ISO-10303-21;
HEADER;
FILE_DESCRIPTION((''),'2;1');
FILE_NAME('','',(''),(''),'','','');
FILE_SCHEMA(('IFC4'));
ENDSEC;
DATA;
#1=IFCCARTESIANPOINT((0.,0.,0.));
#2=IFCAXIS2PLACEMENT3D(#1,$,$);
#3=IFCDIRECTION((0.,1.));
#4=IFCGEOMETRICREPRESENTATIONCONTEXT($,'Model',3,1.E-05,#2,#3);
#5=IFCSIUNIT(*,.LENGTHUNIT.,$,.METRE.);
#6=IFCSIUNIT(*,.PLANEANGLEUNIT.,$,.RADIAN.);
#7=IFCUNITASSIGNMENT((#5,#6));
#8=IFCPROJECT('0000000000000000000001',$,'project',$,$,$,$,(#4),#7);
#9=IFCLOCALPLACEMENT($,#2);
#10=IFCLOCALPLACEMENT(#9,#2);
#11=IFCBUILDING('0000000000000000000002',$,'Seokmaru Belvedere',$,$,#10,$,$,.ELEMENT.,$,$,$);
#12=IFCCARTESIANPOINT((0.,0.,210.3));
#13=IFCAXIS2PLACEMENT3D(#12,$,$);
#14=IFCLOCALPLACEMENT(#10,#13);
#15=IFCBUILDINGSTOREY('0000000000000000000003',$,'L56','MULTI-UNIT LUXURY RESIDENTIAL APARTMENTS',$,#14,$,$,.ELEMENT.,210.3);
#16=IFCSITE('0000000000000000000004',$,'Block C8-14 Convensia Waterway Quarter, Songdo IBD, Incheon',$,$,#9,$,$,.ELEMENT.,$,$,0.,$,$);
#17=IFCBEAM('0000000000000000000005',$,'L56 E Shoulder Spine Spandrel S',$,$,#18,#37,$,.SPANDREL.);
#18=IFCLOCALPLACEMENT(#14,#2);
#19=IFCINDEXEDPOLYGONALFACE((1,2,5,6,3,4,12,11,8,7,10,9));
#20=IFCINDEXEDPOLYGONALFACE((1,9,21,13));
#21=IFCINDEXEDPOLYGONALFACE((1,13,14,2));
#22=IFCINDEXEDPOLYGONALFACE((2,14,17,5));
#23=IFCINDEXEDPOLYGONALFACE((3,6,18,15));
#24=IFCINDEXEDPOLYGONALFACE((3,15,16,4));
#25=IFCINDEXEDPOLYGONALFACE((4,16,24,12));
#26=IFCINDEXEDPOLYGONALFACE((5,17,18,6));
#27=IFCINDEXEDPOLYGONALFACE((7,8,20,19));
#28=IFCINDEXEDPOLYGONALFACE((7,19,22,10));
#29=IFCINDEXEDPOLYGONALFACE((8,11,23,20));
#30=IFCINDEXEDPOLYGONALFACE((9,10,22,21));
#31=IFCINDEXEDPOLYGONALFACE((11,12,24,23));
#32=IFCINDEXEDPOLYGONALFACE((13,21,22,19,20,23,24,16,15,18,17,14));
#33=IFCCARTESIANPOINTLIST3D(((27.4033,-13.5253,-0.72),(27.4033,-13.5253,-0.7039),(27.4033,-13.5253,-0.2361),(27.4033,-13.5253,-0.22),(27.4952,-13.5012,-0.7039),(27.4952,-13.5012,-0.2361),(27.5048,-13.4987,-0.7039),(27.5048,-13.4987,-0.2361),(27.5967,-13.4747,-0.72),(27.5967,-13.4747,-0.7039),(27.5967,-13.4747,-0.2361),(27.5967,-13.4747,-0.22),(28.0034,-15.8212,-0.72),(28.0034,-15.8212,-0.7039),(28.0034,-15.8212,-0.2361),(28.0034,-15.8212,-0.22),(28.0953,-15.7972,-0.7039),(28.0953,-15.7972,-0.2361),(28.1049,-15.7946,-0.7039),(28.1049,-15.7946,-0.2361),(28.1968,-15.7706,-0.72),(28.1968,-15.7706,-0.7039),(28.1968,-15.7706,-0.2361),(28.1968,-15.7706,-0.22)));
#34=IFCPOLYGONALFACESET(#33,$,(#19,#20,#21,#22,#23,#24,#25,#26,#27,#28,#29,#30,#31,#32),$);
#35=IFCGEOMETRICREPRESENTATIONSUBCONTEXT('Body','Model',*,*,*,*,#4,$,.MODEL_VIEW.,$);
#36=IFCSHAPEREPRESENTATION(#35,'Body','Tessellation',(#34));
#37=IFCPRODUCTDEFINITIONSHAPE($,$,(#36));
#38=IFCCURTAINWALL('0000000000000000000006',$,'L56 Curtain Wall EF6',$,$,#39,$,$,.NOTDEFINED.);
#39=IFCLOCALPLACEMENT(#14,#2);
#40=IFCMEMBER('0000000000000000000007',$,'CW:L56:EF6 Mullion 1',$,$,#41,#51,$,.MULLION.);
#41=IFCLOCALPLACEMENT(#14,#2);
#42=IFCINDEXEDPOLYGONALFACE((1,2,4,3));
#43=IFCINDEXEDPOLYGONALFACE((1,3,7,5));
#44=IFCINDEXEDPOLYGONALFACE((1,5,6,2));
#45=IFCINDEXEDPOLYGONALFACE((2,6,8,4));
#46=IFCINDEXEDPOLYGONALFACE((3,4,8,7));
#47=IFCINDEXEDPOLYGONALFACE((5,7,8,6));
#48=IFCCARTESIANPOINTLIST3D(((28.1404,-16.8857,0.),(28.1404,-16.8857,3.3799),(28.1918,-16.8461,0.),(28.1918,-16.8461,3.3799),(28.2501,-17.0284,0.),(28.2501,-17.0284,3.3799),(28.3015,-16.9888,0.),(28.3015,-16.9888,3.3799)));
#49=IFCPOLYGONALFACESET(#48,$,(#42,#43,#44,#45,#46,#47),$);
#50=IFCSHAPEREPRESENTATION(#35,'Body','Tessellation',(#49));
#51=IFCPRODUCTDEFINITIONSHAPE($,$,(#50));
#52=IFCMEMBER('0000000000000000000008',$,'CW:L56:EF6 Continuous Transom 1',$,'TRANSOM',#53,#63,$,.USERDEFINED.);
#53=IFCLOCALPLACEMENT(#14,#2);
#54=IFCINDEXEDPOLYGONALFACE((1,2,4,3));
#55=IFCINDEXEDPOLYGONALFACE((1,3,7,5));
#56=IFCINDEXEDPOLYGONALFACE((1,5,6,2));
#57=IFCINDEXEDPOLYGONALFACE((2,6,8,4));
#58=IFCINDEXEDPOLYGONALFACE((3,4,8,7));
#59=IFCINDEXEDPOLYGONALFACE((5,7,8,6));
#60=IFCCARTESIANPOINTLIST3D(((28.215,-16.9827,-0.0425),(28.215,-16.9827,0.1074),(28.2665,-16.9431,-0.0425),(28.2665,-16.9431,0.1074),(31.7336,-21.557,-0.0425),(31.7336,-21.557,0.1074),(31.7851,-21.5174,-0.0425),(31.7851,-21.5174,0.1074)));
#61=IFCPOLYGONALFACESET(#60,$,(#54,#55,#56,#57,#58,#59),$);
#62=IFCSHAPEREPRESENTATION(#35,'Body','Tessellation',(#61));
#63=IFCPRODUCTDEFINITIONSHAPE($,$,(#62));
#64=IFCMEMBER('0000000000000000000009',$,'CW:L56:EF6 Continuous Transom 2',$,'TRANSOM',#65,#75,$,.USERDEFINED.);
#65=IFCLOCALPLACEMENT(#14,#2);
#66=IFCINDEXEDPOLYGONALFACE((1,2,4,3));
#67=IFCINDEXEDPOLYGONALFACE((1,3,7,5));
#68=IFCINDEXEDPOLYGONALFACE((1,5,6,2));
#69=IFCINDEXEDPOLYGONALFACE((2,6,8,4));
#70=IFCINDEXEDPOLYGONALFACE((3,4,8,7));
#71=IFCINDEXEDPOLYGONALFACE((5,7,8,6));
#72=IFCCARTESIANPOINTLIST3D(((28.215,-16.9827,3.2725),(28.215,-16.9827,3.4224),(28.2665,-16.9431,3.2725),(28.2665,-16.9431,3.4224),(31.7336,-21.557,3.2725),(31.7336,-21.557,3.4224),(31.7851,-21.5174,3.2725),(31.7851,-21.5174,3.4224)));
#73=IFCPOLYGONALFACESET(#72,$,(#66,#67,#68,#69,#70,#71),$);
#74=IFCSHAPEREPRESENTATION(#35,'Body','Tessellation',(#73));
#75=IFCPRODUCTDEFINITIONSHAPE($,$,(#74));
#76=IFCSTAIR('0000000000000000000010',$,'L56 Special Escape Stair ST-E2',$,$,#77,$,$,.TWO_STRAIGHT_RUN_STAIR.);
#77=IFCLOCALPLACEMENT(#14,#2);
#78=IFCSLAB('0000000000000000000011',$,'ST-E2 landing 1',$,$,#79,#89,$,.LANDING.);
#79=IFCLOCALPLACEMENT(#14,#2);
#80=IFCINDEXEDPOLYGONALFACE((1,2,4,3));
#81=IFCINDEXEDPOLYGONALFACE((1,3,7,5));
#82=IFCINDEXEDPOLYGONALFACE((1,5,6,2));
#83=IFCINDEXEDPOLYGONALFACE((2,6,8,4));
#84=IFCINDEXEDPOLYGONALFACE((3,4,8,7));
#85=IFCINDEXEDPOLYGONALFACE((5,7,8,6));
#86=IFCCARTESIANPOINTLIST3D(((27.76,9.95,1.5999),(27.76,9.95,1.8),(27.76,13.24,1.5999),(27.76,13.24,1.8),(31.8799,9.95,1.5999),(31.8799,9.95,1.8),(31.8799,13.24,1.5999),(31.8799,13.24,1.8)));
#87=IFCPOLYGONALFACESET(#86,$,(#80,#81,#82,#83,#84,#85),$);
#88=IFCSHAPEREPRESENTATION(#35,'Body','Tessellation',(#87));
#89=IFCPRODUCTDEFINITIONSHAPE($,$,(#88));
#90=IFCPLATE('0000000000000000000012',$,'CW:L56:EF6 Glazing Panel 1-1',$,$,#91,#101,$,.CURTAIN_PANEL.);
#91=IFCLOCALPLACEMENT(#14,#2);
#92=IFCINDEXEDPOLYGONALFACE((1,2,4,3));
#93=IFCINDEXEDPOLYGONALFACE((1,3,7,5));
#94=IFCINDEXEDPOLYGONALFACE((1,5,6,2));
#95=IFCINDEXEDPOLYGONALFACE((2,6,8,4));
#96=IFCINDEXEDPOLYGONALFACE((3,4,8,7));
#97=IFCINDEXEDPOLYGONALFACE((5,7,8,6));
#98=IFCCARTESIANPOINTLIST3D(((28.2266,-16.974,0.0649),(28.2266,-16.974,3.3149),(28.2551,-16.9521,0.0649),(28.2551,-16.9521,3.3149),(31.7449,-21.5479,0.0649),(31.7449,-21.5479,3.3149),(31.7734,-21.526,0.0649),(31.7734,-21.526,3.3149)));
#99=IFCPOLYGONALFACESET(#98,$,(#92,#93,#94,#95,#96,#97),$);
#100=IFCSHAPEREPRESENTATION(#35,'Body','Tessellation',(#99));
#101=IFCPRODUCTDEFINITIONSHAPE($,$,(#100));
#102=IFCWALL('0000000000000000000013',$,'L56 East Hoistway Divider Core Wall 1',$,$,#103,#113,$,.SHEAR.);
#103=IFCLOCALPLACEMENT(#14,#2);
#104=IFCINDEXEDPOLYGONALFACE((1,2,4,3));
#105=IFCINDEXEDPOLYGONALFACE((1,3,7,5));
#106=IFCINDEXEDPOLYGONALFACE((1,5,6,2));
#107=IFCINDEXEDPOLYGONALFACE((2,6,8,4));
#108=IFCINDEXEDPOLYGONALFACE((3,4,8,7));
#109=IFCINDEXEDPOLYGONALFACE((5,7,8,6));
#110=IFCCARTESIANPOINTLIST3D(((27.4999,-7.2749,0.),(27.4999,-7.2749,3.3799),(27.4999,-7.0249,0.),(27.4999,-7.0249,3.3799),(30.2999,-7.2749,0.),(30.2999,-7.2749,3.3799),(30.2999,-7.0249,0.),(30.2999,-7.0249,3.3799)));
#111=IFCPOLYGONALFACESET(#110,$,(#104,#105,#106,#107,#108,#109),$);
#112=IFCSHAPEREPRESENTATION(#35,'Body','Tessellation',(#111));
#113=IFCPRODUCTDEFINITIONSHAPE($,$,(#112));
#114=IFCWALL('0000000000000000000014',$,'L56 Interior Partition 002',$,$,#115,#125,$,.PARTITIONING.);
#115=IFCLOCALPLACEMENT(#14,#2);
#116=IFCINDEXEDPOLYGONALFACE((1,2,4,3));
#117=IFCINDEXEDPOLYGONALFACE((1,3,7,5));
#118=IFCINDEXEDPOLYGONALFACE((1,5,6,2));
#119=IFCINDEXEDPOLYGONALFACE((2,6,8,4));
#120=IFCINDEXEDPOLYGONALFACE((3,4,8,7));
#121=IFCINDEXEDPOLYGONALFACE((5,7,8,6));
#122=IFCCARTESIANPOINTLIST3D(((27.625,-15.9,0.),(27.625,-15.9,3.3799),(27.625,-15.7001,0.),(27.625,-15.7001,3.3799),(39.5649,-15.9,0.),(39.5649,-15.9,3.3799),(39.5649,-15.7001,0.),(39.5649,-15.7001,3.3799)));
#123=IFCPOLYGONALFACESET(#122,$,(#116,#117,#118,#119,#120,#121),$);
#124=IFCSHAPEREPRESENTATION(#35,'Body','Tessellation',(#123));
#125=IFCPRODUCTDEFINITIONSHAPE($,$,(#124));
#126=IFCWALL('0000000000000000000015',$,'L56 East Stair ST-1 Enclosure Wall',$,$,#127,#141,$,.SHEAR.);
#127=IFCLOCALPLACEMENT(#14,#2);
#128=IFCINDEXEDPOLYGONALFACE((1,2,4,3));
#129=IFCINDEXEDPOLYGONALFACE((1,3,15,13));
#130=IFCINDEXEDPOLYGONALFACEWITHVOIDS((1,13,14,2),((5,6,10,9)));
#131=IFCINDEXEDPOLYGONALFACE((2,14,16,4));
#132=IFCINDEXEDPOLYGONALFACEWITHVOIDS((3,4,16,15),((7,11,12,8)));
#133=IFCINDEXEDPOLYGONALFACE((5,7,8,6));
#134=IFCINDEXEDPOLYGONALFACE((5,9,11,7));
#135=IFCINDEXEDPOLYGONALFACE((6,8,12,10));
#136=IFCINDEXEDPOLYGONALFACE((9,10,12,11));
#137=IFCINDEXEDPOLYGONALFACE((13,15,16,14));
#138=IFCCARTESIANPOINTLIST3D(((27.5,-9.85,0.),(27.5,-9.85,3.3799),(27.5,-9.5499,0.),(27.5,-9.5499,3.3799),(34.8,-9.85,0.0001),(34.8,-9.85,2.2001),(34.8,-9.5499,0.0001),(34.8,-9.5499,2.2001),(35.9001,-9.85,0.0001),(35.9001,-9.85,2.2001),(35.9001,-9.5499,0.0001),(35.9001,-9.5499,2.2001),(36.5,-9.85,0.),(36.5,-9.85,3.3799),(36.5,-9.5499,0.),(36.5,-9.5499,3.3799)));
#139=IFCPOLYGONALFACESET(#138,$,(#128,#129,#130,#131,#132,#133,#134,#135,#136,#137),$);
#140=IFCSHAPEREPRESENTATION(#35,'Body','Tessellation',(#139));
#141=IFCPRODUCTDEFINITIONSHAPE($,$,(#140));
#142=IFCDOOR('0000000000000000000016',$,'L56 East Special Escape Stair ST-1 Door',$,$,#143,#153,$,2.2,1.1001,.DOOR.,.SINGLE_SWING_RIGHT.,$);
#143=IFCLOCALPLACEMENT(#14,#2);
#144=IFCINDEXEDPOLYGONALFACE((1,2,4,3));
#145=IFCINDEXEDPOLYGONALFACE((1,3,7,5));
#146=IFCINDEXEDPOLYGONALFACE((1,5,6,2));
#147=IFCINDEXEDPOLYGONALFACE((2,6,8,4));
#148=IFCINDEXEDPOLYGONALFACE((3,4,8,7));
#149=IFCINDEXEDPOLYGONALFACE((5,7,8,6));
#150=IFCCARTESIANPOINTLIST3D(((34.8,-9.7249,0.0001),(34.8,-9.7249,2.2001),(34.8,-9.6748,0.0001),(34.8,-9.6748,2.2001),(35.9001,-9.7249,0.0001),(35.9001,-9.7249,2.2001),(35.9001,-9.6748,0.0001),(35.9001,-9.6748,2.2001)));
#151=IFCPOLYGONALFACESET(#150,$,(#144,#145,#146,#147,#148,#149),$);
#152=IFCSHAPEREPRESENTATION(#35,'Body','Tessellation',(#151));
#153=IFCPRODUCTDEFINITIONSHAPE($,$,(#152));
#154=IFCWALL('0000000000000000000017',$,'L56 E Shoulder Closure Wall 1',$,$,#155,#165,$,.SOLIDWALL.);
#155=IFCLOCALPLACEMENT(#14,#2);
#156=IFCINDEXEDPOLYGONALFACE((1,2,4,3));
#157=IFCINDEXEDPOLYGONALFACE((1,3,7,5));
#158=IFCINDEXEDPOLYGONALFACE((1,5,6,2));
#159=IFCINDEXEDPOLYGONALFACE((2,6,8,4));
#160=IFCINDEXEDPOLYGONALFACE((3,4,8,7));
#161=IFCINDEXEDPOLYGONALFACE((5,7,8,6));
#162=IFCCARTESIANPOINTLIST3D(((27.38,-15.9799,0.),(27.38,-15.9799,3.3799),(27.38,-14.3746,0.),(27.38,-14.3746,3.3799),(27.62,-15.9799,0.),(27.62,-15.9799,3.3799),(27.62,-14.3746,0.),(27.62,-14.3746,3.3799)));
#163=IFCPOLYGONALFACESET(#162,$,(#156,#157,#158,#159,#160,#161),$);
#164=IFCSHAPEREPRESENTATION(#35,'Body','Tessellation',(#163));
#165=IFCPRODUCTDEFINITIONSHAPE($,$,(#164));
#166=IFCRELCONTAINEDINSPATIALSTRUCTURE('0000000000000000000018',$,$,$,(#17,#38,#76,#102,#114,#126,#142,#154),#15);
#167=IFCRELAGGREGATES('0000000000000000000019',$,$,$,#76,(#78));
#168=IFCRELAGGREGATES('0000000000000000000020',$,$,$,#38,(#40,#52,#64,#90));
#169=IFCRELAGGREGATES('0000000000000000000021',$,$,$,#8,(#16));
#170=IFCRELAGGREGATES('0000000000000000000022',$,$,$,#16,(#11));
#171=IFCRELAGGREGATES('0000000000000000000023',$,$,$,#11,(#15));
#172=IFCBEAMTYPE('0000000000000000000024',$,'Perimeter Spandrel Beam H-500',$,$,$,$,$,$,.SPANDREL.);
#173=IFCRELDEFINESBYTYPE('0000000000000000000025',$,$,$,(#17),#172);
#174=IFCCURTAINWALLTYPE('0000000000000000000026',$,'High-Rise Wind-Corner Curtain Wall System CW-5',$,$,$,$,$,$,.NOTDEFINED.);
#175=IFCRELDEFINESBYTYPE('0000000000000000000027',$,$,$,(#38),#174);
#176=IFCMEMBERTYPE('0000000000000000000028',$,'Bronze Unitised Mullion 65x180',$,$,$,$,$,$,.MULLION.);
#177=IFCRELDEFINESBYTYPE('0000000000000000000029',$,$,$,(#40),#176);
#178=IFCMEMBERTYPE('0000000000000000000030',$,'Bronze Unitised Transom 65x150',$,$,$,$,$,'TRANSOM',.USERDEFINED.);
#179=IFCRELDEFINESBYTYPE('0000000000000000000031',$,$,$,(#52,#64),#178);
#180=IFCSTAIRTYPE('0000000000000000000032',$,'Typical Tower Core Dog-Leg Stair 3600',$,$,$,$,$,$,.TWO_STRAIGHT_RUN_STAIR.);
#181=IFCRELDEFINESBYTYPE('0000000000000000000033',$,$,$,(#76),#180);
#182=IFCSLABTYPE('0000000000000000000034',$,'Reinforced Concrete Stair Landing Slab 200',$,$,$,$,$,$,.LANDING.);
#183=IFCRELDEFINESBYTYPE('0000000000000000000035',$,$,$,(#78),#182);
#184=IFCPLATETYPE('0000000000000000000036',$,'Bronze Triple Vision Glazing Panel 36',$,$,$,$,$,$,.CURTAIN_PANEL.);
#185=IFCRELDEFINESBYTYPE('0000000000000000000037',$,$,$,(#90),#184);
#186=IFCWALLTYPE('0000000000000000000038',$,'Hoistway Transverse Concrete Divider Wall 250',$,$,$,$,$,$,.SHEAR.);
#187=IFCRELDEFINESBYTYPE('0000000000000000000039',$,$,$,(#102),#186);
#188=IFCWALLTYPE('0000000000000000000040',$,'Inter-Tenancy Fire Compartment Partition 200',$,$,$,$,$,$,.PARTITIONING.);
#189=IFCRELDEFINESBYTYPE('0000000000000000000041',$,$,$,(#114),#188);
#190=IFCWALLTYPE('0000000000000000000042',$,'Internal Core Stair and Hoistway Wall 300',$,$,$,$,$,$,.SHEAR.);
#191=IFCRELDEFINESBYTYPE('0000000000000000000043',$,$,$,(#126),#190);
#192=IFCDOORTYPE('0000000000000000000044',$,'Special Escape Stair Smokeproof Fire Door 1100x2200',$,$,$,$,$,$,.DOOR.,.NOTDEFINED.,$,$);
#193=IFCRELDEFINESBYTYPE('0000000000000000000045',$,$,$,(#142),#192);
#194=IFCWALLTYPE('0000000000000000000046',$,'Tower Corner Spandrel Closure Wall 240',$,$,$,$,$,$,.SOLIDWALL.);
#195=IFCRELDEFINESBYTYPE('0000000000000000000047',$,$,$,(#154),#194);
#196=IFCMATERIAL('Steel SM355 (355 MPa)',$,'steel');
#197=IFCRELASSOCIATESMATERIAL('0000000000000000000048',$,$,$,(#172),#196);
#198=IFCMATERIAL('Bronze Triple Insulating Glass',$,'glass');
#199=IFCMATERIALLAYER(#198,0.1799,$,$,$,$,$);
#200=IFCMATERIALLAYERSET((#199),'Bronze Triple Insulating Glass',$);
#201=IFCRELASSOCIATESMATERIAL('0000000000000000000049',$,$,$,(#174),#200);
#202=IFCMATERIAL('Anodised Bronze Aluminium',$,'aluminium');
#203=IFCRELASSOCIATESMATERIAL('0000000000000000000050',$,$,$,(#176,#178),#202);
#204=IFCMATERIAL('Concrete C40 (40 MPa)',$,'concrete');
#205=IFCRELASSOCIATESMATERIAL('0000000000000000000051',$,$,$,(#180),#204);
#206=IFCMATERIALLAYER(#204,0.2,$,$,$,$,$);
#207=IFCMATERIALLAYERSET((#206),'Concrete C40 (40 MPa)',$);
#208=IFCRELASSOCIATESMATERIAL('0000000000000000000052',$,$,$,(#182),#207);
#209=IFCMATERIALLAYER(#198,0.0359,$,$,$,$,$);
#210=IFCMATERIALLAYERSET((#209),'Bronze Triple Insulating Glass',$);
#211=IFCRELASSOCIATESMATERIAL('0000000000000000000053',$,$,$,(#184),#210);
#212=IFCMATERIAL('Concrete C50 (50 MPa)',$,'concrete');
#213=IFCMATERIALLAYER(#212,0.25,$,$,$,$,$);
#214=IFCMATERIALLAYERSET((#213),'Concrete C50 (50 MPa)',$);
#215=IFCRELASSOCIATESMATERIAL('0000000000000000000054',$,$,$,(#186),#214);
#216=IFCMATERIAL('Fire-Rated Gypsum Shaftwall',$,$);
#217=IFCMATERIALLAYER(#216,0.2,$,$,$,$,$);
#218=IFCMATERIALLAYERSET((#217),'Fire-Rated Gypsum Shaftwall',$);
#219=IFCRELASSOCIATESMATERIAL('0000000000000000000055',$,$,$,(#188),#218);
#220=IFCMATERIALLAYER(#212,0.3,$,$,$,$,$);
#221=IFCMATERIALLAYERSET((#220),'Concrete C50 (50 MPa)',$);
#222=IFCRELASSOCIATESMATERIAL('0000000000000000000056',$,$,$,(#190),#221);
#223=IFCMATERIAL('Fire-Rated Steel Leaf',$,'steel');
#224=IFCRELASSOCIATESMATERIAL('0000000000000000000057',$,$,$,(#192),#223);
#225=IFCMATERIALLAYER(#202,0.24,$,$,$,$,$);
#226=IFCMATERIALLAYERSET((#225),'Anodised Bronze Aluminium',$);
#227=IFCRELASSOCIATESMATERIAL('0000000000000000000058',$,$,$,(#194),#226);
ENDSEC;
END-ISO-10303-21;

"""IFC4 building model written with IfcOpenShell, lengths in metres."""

from ifc_helpers import new_model, si_unit, direction, frame, frame_2d, origin, origin_2d, place, context, subcontext, project, spatial, polyline, rectangle, i_section, outline, extrude, source, transform, mapped, material, layer, layer_set, material_profile, profile_set, type_object, type_shapes, element, fill, aggregate, save


model = new_model("IFC4")

# Units and contexts
model_context = context("Model", 3, precision=1e-05, world=origin(), true_north=direction((0.0, 1.0)))
body_context = subcontext(model_context, "Body", "Model", "MODEL_VIEW")
ifc_project = project(units=[si_unit("LENGTHUNIT", "METRE"), si_unit("PLANEANGLEUNIT", "RADIAN")], contexts=[model_context])

# Site, building, storey
site_placement = place(None, origin())
site = spatial("IfcSite", under=ifc_project, at=site_placement, Name="Block C8-14 Convensia Waterway Quarter, Songdo IBD, Incheon", CompositionType="ELEMENT", RefElevation=0.0)
building_placement = place(site_placement, origin())
building = spatial("IfcBuilding", under=site, at=building_placement, Name="Seokmaru Belvedere", CompositionType="ELEMENT")
storey_placement = place(building_placement, frame((0.0, 0.0, 210.3)))
storey = spatial("IfcBuildingStorey", under=building, at=storey_placement, Name="L56", Description="MULTI-UNIT LUXURY RESIDENTIAL APARTMENTS", CompositionType="ELEMENT", Elevation=210.3)

# Shared definitions
ifc_material_1 = material(Name="Steel SM355 (355 MPa)", Category="steel")

# Beam
ifc_material_profile_1 = material_profile(ifc_material_1, i_section(OverallWidth=0.2, OverallDepth=0.5, WebThickness=0.01, FlangeThickness=0.0161, at=origin_2d()), Name="H-500x200x10x16")
ifc_profile_set_1 = profile_set([ifc_material_profile_1], Name="Steel SM355 (355 MPa)")
beam_type_1 = type_object("IfcBeamType", Name="Perimeter Spandrel Beam H-500", PredefinedType="SPANDREL", material=ifc_profile_set_1)
shared_shape_1 = source(origin(), body_context, "Body", "SweptSolid", [
    extrude(i_section(OverallWidth=0.2, OverallDepth=0.5, WebThickness=0.01, FlangeThickness=0.0161, at=origin_2d()), origin(), (0.0, 0.0, 1.0), 2.373),
])
beam_1_placement = place(storey_placement, frame((28.1001, -15.7959, -0.47), z_axis=(-0.252883, 0.967497, 0.0), x_axis=(-0.967497, -0.252883, 0.0)))
element("IfcBeam", 1, at=beam_1_placement, inside=storey, type_object=beam_type_1, Name="L56 E Shoulder Spine Spandrel S", PredefinedType="SPANDREL", context=body_context, shape_type="MappedRepresentation", body=[
    mapped(shared_shape_1, transform((0.0, 0.0, 0.0), scale=1.0)),
])

# Curtain wall, members
ifc_material_2 = material(Name="Bronze Triple Insulating Glass", Category="glass")
ifc_layer_1 = layer(ifc_material_2, 0.1799)
ifc_layer_set_1 = layer_set([ifc_layer_1], Name="Bronze Triple Insulating Glass")
curtain_wall_type = type_object("IfcCurtainWallType", Name="High-Rise Wind-Corner Curtain Wall System CW-5", PredefinedType="NOTDEFINED", material=ifc_layer_set_1)
curtain_wall_placement = place(storey_placement, origin())
curtain_wall = element("IfcCurtainWall", 2, at=curtain_wall_placement, inside=storey, type_object=curtain_wall_type, Name="L56 Curtain Wall EF6", PredefinedType="NOTDEFINED")
ifc_material_3 = material(Name="Anodised Bronze Aluminium", Category="aluminium")
ifc_material_profile_2 = material_profile(ifc_material_3, rectangle(XDim=0.0649, YDim=0.1799, at=origin_2d()), Name="CW-M-65x180")
ifc_profile_set_2 = profile_set([ifc_material_profile_2], Name="Anodised Bronze Aluminium")
member_type_1 = type_object("IfcMemberType", Name="Bronze Unitised Mullion 65x180", PredefinedType="MULLION", material=ifc_profile_set_2)
shared_shape_2 = source(origin(), body_context, "Body", "SweptSolid", [
    extrude(rectangle(XDim=0.0649, YDim=0.1799, at=origin_2d()), origin(), (0.0, 0.0, 1.0), 3.3799),
])
type_shapes(member_type_1, [shared_shape_2])
member_1_placement = place(storey_placement, frame((28.2209, -16.9373, 0.0), z_axis=(0.0, 0.0, 1.0), x_axis=(0.792631, 0.609701, 0.0)))
member_1 = element("IfcMember", 3, at=member_1_placement, type_object=member_type_1, Name="CW:L56:EF6 Mullion 1", PredefinedType="MULLION", context=body_context, shape_type="MappedRepresentation", body=[
    mapped(shared_shape_2, transform((0.0, 0.0, 0.0), scale=1.0)),
])
ifc_material_profile_3 = material_profile(ifc_material_3, rectangle(XDim=0.0649, YDim=0.1499, at=origin_2d()), Name="CW-T-65x150")
ifc_profile_set_3 = profile_set([ifc_material_profile_3], Name="Anodised Bronze Aluminium")
member_type_2 = type_object("IfcMemberType", Name="Bronze Unitised Transom 65x150", ElementType="TRANSOM", PredefinedType="USERDEFINED", material=ifc_profile_set_3)
shared_shape_3 = source(origin(), body_context, "Body", "SweptSolid", [
    extrude(rectangle(XDim=0.0649, YDim=0.1499, at=origin_2d()), origin(), (0.0, 0.0, 1.0), 5.771),
])
type_shapes(member_type_2, [shared_shape_3])
member_2_placement = place(storey_placement, frame((28.2407, -16.9629, 0.0325), z_axis=(0.609703, -0.79263, 0.0), x_axis=(0.79263, 0.609703, 0.0)))
member_2 = element("IfcMember", 4, at=member_2_placement, type_object=member_type_2, Name="CW:L56:EF6 Continuous Transom 1", ObjectType="TRANSOM", PredefinedType="USERDEFINED", context=body_context, shape_type="MappedRepresentation", body=[
    mapped(shared_shape_3, transform((0.0, 0.0, 0.0), scale=1.0)),
])
member_3_placement = place(storey_placement, frame((28.2407, -16.9629, 3.3474), z_axis=(0.609703, -0.79263, 0.0), x_axis=(0.79263, 0.609703, 0.0)))
member_3 = element("IfcMember", 5, at=member_3_placement, type_object=member_type_2, Name="CW:L56:EF6 Continuous Transom 2", ObjectType="TRANSOM", PredefinedType="USERDEFINED", context=body_context, shape_type="MappedRepresentation", body=[
    mapped(shared_shape_3, transform((0.0, 0.0, 0.0), scale=1.0)),
])

# Stair, slab
ifc_material_4 = material(Name="Concrete C40 (40 MPa)", Category="concrete")
stair_type = type_object("IfcStairType", Name="Typical Tower Core Dog-Leg Stair 3600", PredefinedType="TWO_STRAIGHT_RUN_STAIR", material=ifc_material_4)
stair_placement = place(storey_placement, origin())
stair = element("IfcStair", 6, at=stair_placement, inside=storey, type_object=stair_type, Name="L56 Special Escape Stair ST-E2", PredefinedType="TWO_STRAIGHT_RUN_STAIR")
ifc_layer_2 = layer(ifc_material_4, 0.2)
ifc_layer_set_2 = layer_set([ifc_layer_2], Name="Concrete C40 (40 MPa)")
slab_type = type_object("IfcSlabType", Name="Reinforced Concrete Stair Landing Slab 200", PredefinedType="LANDING", material=ifc_layer_set_2)
slab_placement = place(storey_placement, frame((0.0, 0.0, 1.5999)))
slab = element("IfcSlab", 7, at=slab_placement, type_object=slab_type, Name="ST-E2 landing 1", PredefinedType="LANDING", context=body_context, shape_type="SweptSolid", body=[
    extrude(outline(polyline([(27.76, 9.95), (31.8799, 9.95), (31.8799, 13.24), (27.76, 13.24), (27.76, 9.95)])), origin(), (0.0, 0.0, 1.0), 0.2002),
])
aggregate(stair, [slab])

# Plate
ifc_layer_3 = layer(ifc_material_2, 0.0359)
ifc_layer_set_3 = layer_set([ifc_layer_3], Name="Bronze Triple Insulating Glass")
plate_type = type_object("IfcPlateType", Name="Bronze Triple Vision Glazing Panel 36", PredefinedType="CURTAIN_PANEL", material=ifc_layer_set_3)
shared_shape_4 = source(origin(), body_context, "Body", "SweptSolid", [
    extrude(rectangle(XDim=5.7705, YDim=0.0359, at=origin_2d()), origin(), (0.0, 0.0, 1.0), 3.25),
])
type_shapes(plate_type, [shared_shape_4])
plate_placement = place(storey_placement, frame((30.0, -19.25, 0.0649), z_axis=(0.0, 0.0, 1.0), x_axis=(0.609701, -0.792631, 0.0)))
plate = element("IfcPlate", 8, at=plate_placement, type_object=plate_type, Name="CW:L56:EF6 Glazing Panel 1-1", PredefinedType="CURTAIN_PANEL", context=body_context, shape_type="MappedRepresentation", body=[
    mapped(shared_shape_4, transform((0.0, 0.0, 0.0), scale=1.0)),
])
aggregate(curtain_wall, [member_1, member_2, member_3, plate])

# Shared definitions
ifc_material_5 = material(Name="Fire-Rated Gypsum Shaftwall")
ifc_material_6 = material(Name="Fire-Rated Steel Leaf", Category="steel")

# Walls
ifc_material_7 = material(Name="Concrete C50 (50 MPa)", Category="concrete")
ifc_layer_4 = layer(ifc_material_7, 0.25)
ifc_layer_set_4 = layer_set([ifc_layer_4], Name="Concrete C50 (50 MPa)")
wall_type_1 = type_object("IfcWallType", Name="Hoistway Transverse Concrete Divider Wall 250", PredefinedType="SHEAR", material=ifc_layer_set_4)
wall_1_placement = place(storey_placement, frame((27.5, -7.1499, 0.0), z_axis=(0.0, 0.0, 1.0), x_axis=(1.0, 0.0, 0.0)))
element("IfcWall", 9, at=wall_1_placement, inside=storey, type_object=wall_type_1, Name="L56 East Hoistway Divider Core Wall 1", PredefinedType="SHEAR", context=body_context, shape_type="SweptSolid", body=[
    extrude(rectangle(XDim=2.8, YDim=0.25, at=frame_2d((1.3999, 0.0))), origin(), (0.0, 0.0, 1.0), 3.3799),
])
ifc_layer_5 = layer(ifc_material_5, 0.2)
ifc_layer_set_5 = layer_set([ifc_layer_5], Name="Fire-Rated Gypsum Shaftwall")
wall_type_2 = type_object("IfcWallType", Name="Inter-Tenancy Fire Compartment Partition 200", PredefinedType="PARTITIONING", material=ifc_layer_set_5)
wall_2_placement = place(storey_placement, frame((27.625, -15.8, 0.0), z_axis=(0.0, 0.0, 1.0), x_axis=(1.0, 0.0, 0.0)))
element("IfcWall", 10, at=wall_2_placement, inside=storey, type_object=wall_type_2, Name="L56 Interior Partition 002", PredefinedType="PARTITIONING", context=body_context, shape_type="SweptSolid", body=[
    extrude(rectangle(XDim=11.9399, YDim=0.2, at=frame_2d((5.97, 0.0))), origin(), (0.0, 0.0, 1.0), 3.3799),
])

# Wall, opening, door
ifc_layer_6 = layer(ifc_material_7, 0.3)
ifc_layer_set_6 = layer_set([ifc_layer_6], Name="Concrete C50 (50 MPa)")
wall_type_3 = type_object("IfcWallType", Name="Internal Core Stair and Hoistway Wall 300", PredefinedType="SHEAR", material=ifc_layer_set_6)
wall_3_placement = place(storey_placement, frame((27.5, -9.7, 0.0), z_axis=(0.0, 0.0, 1.0), x_axis=(1.0, 0.0, 0.0)))
wall_3 = element("IfcWall", 11, at=wall_3_placement, inside=storey, type_object=wall_type_3, Name="L56 East Stair ST-1 Enclosure Wall", PredefinedType="SHEAR", context=body_context, shape_type="SweptSolid", body=[
    extrude(rectangle(XDim=9.0, YDim=0.3, at=frame_2d((4.5, 0.0))), origin(), (0.0, 0.0, 1.0), 3.3799),
])
opening_1_placement = place(wall_3_placement, frame((7.3, 0.0, 0.0)))
opening_1 = element("IfcOpeningElement", 12, at=opening_1_placement, cuts=wall_3, PredefinedType="OPENING", context=body_context, shape_type="SweptSolid", body=[
    extrude(rectangle(XDim=1.1001, YDim=2.2, at=frame_2d((0.55, 1.1001))), frame((0.0, 0.1602, 0.0), z_axis=(0.0, -1.0, 0.0), x_axis=(1.0, 0.0, 0.0)), (0.0, 0.0, 1.0), 0.3201),
])
door_type_1 = type_object("IfcDoorType", Name="Special Escape Stair Smokeproof Fire Door 1100x2200", OperationType="NOTDEFINED", PredefinedType="DOOR", material=ifc_material_6)
shared_shape_5 = source(origin(), body_context, "Body", "SweptSolid", [
    extrude(rectangle(XDim=1.1001, YDim=2.2, at=frame_2d((0.55, 1.1001))), frame((0.0, 0.0249, 0.0), z_axis=(0.0, -1.0, 0.0), x_axis=(1.0, 0.0, 0.0)), (0.0, 0.0, 1.0), 0.05),
])
type_shapes(door_type_1, [shared_shape_5])
door_1_placement = place(opening_1_placement, frame((1.1001, 0.0, 0.0), z_axis=(0.0, 0.0, 1.0), x_axis=(-1.0, 0.0, 0.0)))
door_1 = element("IfcDoor", 13, at=door_1_placement, inside=storey, type_object=door_type_1, Name="L56 East Special Escape Stair ST-1 Door", OperationType="SINGLE_SWING_RIGHT", OverallHeight=2.2, OverallWidth=1.1001, PredefinedType="DOOR", context=body_context, shape_type="MappedRepresentation", body=[
    mapped(shared_shape_5, transform((0.0, 0.0, 0.0), scale=1.0)),
])
fill(opening_1, door_1)

# Wall
ifc_layer_7 = layer(ifc_material_3, 0.24)
ifc_layer_set_7 = layer_set([ifc_layer_7], Name="Anodised Bronze Aluminium")
wall_type_4 = type_object("IfcWallType", Name="Tower Corner Spandrel Closure Wall 240", PredefinedType="SOLIDWALL", material=ifc_layer_set_7)
wall_4_placement = place(storey_placement, frame((27.5, -15.98, 0.0), z_axis=(0.0, 0.0, 1.0), x_axis=(0.0, 1.0, 0.0)))
element("IfcWall", 14, at=wall_4_placement, inside=storey, type_object=wall_type_4, Name="L56 E Shoulder Closure Wall 1", PredefinedType="SOLIDWALL", context=body_context, shape_type="SweptSolid", body=[
    extrude(rectangle(XDim=1.6052, YDim=0.24, at=frame_2d((0.8027, 0.0))), origin(), (0.0, 0.0, 1.0), 3.3799),
])

save(model, "model.ifc")
